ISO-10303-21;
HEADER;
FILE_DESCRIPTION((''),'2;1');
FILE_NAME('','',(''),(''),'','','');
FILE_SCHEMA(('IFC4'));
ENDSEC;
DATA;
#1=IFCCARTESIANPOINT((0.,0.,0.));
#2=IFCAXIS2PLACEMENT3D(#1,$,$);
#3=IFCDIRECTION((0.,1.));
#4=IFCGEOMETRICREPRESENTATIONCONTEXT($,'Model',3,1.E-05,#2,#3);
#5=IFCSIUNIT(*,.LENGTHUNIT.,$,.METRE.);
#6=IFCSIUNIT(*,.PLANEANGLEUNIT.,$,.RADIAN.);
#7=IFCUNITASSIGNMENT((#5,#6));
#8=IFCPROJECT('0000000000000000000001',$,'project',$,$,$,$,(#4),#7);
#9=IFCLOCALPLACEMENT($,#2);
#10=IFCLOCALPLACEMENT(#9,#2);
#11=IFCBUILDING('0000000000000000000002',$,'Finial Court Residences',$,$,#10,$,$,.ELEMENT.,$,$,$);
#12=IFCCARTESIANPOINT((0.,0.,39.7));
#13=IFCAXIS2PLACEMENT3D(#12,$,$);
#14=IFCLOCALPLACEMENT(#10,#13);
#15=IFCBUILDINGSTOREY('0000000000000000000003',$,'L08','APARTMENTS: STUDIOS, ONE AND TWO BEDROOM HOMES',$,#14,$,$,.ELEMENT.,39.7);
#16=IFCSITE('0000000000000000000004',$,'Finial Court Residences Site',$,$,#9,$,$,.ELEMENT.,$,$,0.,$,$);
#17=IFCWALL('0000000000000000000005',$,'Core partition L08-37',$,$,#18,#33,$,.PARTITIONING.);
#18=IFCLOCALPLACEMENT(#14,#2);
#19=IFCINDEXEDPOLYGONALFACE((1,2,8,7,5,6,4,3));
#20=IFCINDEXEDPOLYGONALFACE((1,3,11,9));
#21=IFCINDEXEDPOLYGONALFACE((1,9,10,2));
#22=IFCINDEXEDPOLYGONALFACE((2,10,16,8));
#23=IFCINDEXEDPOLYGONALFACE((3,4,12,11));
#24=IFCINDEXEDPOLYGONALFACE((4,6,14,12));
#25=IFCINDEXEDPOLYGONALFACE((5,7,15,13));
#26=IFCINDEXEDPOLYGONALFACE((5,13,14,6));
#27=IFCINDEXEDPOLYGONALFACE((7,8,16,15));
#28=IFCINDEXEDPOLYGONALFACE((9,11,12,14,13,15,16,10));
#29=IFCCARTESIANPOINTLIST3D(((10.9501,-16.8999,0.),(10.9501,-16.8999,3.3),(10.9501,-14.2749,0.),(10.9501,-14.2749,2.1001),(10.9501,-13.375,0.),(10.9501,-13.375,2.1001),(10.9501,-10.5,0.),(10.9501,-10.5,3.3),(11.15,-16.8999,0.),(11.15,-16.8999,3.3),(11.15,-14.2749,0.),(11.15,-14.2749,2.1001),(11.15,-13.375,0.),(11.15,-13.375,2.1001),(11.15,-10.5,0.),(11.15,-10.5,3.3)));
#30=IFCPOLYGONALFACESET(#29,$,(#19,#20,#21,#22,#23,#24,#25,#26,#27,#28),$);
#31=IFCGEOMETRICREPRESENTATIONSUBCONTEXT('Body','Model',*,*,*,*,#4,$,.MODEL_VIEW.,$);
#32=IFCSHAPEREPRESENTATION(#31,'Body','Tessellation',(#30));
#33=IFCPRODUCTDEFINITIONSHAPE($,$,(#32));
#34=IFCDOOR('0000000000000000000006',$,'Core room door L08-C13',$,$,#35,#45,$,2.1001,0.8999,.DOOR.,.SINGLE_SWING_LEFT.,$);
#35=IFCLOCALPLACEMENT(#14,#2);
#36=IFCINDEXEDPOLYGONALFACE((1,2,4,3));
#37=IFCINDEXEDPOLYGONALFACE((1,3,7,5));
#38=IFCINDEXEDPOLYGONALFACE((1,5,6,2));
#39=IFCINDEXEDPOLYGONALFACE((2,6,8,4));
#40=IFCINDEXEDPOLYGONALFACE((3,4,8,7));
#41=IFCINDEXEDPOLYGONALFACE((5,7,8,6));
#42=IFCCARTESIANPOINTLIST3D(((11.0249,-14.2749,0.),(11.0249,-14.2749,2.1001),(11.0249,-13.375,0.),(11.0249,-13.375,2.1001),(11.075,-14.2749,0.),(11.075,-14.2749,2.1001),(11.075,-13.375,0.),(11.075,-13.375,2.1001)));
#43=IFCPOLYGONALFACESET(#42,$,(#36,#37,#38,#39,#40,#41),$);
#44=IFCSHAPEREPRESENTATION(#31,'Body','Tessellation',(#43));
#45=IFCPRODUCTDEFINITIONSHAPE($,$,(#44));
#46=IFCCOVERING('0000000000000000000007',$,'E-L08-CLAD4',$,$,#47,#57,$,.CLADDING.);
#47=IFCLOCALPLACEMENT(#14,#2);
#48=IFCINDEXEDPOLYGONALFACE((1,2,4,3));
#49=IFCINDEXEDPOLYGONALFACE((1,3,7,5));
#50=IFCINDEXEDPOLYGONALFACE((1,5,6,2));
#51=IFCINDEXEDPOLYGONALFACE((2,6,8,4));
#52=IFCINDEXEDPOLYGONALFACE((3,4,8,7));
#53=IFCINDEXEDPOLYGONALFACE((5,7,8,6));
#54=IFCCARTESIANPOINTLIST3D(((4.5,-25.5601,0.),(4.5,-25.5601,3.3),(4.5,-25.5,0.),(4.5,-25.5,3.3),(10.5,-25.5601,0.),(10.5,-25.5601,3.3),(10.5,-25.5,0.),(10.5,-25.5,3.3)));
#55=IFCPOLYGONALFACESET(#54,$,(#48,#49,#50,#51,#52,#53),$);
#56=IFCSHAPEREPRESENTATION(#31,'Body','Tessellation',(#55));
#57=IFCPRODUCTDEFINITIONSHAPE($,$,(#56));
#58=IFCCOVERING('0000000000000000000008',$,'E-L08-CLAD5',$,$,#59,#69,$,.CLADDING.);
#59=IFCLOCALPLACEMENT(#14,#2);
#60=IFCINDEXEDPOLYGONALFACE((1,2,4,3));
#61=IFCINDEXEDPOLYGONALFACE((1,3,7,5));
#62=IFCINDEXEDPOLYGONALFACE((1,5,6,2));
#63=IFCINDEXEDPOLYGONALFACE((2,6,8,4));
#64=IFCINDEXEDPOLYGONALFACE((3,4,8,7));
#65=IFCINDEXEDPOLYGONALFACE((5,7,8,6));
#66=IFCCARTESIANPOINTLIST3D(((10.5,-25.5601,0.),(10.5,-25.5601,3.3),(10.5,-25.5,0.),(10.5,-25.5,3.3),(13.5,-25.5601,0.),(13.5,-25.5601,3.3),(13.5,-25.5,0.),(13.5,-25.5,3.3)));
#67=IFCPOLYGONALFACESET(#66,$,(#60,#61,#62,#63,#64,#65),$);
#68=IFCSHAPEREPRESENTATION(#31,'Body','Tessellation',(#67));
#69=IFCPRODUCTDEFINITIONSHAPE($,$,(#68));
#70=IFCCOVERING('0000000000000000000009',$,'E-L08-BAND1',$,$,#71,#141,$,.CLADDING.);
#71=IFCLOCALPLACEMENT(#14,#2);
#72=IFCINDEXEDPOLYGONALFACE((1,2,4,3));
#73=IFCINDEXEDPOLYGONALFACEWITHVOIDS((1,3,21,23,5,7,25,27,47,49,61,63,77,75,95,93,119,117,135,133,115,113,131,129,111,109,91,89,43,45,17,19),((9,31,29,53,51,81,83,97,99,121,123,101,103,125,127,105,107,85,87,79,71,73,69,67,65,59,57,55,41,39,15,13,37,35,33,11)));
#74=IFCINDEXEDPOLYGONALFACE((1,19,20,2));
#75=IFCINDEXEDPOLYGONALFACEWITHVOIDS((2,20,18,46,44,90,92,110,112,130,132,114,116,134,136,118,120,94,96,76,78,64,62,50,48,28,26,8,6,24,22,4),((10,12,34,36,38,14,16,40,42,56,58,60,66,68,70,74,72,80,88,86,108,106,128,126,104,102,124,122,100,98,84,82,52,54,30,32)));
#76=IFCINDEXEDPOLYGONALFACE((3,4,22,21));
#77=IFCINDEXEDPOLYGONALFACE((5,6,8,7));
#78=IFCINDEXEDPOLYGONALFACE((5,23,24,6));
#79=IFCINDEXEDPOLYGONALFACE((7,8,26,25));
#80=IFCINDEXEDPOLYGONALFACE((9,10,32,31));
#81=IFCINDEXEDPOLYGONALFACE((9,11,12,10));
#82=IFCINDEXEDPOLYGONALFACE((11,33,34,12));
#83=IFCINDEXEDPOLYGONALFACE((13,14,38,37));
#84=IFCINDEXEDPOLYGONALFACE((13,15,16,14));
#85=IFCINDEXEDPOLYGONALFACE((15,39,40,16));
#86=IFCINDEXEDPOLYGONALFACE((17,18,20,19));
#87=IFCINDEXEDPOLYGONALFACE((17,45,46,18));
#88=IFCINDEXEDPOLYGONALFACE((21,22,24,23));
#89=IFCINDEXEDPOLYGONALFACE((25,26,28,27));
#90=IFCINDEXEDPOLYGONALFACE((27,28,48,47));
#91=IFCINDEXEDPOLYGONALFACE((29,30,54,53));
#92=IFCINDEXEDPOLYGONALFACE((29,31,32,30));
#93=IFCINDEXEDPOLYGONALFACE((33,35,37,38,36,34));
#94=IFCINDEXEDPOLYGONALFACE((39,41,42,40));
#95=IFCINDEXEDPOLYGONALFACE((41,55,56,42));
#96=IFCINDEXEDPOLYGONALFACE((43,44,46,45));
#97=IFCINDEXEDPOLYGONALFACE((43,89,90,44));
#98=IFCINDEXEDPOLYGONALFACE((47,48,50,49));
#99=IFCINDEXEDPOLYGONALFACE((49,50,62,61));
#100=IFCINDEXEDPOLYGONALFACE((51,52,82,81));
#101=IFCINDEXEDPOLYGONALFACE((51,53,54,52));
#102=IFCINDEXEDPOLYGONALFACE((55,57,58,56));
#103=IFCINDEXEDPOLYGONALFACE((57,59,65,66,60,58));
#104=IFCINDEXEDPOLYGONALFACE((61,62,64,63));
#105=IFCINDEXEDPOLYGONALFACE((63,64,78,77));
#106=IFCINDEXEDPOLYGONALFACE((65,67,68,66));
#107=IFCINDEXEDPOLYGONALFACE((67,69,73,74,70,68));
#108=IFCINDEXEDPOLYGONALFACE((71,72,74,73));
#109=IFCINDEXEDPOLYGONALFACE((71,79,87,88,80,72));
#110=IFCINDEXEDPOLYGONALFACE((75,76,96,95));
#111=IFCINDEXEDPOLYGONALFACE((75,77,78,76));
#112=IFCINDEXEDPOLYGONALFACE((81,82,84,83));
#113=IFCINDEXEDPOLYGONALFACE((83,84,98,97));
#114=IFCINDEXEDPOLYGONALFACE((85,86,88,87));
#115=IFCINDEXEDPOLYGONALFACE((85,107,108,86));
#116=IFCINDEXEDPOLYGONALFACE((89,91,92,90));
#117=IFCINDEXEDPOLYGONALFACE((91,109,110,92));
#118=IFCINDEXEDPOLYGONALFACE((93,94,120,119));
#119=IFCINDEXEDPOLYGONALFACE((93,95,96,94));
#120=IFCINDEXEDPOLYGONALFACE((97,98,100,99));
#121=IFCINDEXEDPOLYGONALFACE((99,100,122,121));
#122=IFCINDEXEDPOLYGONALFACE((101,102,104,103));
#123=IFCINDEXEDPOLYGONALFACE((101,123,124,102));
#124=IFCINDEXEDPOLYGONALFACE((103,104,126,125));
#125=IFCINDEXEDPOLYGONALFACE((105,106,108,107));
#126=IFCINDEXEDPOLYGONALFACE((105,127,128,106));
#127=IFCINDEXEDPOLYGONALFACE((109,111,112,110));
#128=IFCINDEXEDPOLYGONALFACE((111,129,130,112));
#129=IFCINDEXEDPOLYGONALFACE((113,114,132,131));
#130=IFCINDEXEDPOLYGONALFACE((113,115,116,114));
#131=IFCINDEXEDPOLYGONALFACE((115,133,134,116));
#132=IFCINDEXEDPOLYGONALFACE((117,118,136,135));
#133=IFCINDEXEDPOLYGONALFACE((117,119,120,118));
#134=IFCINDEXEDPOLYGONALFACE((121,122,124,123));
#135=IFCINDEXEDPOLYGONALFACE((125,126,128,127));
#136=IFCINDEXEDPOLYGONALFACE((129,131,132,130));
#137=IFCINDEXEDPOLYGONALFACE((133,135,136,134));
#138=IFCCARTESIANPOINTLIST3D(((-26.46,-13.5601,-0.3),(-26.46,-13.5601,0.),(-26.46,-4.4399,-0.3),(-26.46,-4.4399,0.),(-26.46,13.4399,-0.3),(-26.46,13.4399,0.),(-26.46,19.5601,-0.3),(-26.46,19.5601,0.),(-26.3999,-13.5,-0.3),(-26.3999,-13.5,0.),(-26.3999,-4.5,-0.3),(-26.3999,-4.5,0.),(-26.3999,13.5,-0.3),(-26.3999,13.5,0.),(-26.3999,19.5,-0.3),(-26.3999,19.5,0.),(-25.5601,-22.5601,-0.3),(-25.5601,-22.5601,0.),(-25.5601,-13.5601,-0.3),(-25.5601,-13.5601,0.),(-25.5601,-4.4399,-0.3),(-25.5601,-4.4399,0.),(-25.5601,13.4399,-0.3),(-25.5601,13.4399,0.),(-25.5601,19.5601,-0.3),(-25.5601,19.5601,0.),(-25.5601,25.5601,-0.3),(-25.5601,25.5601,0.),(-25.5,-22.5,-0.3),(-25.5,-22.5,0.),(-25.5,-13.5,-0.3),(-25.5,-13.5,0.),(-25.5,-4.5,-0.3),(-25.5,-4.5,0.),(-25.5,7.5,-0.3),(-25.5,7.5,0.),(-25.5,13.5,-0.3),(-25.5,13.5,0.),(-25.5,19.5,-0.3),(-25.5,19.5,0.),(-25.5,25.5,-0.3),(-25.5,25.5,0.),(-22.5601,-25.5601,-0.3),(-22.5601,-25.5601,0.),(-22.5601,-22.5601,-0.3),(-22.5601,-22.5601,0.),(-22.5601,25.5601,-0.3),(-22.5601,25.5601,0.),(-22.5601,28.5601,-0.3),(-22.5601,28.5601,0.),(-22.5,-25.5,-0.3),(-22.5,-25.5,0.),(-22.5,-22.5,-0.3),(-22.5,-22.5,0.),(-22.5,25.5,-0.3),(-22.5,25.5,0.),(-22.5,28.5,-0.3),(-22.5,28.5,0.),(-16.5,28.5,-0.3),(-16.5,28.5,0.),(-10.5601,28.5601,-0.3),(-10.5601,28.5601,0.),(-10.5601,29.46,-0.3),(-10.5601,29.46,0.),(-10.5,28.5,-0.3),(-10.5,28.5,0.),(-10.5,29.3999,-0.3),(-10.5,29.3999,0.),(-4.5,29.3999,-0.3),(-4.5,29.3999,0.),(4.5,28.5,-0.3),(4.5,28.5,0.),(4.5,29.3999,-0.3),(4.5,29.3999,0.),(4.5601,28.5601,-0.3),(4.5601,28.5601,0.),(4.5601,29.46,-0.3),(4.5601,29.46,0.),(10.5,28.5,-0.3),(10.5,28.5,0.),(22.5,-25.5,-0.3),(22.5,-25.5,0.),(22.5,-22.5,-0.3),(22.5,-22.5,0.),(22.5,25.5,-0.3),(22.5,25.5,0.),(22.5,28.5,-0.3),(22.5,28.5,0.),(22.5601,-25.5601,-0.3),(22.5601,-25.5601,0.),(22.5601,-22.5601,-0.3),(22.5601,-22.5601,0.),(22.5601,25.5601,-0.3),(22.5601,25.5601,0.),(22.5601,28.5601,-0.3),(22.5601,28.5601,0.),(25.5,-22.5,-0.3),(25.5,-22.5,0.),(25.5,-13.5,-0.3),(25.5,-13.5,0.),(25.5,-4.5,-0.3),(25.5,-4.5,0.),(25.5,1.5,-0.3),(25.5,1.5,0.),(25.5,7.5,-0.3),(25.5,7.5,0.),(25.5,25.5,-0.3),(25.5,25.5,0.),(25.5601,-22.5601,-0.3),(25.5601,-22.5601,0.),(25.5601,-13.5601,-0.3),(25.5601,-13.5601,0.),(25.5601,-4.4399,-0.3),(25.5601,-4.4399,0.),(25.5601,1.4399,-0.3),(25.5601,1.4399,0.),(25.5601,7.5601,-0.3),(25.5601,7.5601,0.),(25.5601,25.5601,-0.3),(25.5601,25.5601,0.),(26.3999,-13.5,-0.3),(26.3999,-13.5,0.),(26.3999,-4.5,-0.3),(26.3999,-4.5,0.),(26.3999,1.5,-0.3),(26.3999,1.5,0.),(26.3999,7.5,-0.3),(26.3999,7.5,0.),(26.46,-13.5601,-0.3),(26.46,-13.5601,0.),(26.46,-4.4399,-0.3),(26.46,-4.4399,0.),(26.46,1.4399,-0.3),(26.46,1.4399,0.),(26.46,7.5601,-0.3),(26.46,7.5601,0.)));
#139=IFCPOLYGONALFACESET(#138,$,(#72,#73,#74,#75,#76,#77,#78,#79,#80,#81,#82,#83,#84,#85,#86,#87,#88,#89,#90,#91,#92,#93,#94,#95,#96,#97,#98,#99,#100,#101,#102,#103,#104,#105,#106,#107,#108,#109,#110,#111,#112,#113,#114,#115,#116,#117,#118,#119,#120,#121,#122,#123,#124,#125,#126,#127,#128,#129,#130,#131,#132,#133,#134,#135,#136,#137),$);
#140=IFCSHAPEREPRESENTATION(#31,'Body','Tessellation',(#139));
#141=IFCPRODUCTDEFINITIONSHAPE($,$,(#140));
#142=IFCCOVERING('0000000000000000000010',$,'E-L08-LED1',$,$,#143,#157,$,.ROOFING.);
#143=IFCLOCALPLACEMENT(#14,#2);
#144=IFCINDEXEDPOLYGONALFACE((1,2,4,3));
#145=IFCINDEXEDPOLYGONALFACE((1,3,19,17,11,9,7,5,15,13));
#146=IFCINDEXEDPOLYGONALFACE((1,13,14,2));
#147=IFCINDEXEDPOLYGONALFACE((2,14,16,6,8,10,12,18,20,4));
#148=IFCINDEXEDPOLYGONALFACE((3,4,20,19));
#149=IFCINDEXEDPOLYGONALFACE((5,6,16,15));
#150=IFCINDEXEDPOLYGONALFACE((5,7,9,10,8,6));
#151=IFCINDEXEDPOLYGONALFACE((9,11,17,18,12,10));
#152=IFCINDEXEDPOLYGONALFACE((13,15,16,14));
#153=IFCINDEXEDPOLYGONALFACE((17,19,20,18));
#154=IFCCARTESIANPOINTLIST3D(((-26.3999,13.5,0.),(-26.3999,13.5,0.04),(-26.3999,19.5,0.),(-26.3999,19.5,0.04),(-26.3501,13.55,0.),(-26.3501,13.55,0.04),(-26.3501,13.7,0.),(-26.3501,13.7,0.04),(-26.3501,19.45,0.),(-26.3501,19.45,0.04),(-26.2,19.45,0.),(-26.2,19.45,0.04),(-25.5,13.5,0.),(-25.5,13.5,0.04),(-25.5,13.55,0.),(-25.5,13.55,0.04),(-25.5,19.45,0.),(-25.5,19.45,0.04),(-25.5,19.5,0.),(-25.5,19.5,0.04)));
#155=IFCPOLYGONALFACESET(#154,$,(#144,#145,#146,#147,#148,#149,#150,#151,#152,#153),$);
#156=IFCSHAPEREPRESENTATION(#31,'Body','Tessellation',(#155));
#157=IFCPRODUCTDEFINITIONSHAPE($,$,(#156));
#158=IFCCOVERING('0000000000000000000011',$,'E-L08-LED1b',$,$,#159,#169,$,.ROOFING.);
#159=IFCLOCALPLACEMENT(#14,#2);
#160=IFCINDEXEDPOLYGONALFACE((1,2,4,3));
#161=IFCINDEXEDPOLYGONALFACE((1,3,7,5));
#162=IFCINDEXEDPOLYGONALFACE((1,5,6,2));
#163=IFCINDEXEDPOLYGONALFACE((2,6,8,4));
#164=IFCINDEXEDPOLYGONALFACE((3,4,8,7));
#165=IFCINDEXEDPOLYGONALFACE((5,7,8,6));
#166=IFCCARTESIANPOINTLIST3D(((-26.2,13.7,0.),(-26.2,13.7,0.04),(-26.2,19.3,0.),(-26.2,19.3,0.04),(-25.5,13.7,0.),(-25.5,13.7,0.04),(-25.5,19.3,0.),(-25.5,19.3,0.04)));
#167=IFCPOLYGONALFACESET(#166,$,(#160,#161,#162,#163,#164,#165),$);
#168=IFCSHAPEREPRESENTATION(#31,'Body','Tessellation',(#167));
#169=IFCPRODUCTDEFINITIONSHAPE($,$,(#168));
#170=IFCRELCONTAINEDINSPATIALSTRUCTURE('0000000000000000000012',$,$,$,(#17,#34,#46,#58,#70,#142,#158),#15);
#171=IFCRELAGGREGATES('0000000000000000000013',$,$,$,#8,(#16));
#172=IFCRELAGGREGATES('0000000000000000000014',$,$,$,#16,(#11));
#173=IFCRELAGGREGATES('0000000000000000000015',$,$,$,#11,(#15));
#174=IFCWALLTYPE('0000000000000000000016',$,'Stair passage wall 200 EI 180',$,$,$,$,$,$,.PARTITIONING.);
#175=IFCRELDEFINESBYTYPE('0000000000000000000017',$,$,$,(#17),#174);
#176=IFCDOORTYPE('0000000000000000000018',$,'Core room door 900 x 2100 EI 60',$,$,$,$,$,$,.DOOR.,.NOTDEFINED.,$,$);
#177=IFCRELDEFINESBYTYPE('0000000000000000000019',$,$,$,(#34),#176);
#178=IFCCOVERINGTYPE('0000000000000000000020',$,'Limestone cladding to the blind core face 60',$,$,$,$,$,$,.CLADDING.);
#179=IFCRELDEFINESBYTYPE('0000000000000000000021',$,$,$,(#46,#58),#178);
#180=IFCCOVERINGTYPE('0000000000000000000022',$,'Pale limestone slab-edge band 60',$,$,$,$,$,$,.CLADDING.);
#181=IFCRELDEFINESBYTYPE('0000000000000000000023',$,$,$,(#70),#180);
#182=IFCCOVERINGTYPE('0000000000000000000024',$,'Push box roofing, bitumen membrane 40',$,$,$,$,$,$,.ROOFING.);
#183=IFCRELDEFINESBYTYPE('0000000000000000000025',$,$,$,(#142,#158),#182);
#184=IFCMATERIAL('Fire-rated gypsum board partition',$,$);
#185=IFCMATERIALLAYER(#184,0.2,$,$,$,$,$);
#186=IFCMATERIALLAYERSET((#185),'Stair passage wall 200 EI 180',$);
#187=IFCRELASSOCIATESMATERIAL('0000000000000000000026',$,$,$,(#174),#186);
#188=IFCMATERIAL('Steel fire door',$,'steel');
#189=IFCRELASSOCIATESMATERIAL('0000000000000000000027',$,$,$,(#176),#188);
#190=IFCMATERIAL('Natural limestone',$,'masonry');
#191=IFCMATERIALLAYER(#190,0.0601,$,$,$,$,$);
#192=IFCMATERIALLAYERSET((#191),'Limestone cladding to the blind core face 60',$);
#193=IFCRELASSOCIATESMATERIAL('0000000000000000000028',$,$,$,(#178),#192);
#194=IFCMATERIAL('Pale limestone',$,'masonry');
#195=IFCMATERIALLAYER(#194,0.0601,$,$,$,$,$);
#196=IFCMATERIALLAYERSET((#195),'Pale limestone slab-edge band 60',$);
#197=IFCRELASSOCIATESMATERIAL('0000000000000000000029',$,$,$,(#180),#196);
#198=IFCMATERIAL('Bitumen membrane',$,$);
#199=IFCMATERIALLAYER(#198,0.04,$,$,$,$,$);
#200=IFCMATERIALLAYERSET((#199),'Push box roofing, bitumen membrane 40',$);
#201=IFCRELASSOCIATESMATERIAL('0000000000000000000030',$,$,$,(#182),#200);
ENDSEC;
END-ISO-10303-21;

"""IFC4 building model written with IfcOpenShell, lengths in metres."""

from ifc_helpers import new_model, si_unit, direction, frame, frame_2d, origin, place, context, subcontext, project, spatial, polyline, rectangle, outline, extrude, material, layer, layer_set, type_object, element, fill, save


model = new_model("IFC4")

# Units and contexts
model_context = context("Model", 3, precision=1e-05, world=origin(), true_north=direction((0.0, 1.0)))
body_context = subcontext(model_context, "Body", "Model", "MODEL_VIEW")
ifc_project = project(units=[si_unit("LENGTHUNIT", "METRE"), si_unit("PLANEANGLEUNIT", "RADIAN")], contexts=[model_context])

# Site, building, storey
site_placement = place(None, origin())
site = spatial("IfcSite", under=ifc_project, at=site_placement, Name="Finial Court Residences Site", CompositionType="ELEMENT", RefElevation=0.0)
building_placement = place(site_placement, origin())
building = spatial("IfcBuilding", under=site, at=building_placement, Name="Finial Court Residences", CompositionType="ELEMENT")
storey_placement = place(building_placement, frame((0.0, 0.0, 39.7)))
storey = spatial("IfcBuildingStorey", under=building, at=storey_placement, Name="L08", Description="APARTMENTS: STUDIOS, ONE AND TWO BEDROOM HOMES", CompositionType="ELEMENT", Elevation=39.7)

# Shared definitions
ifc_material_1 = material(Name="Fire-rated gypsum board partition")

# Wall, opening, door
ifc_material_2 = material(Name="Steel fire door", Category="steel")
ifc_layer_1 = layer(ifc_material_1, 0.2)
ifc_layer_set_1 = layer_set([ifc_layer_1], Name="Stair passage wall 200 EI 180")
wall_type_1 = type_object("IfcWallType", Name="Stair passage wall 200 EI 180", PredefinedType="PARTITIONING", material=ifc_layer_set_1)
wall_1_placement = place(storey_placement, frame((11.05, -10.5, 0.0), z_axis=(0.0, 0.0, 1.0), x_axis=(0.0, -1.0, 0.0)))
wall_1 = element("IfcWall", 1, at=wall_1_placement, inside=storey, type_object=wall_type_1, Name="Core partition L08-37", PredefinedType="PARTITIONING", context=body_context, shape_type="SweptSolid", body=[
    extrude(rectangle(XDim=6.3999, YDim=0.2, at=frame_2d((3.2, 0.0))), origin(), (0.0, 0.0, 1.0), 3.3),
])
opening_1_placement = place(wall_1_placement, frame((2.875, 0.0, 0.0)))
opening_1 = element("IfcOpeningElement", 2, at=opening_1_placement, cuts=wall_1, PredefinedType="OPENING", context=body_context, shape_type="SweptSolid", body=[
    extrude(rectangle(XDim=0.8999, YDim=2.1001, at=frame_2d((0.45, 1.05))), frame((0.0, 0.1099, 0.0), z_axis=(0.0, -1.0, 0.0), x_axis=(1.0, 0.0, 0.0)), (0.0, 0.0, 1.0), 0.22),
])
door_type_1 = type_object("IfcDoorType", Name="Core room door 900 x 2100 EI 60", OperationType="NOTDEFINED", PredefinedType="DOOR", material=ifc_material_2)
door_1_placement = place(opening_1_placement, origin())
door_1 = element("IfcDoor", 3, at=door_1_placement, inside=storey, type_object=door_type_1, Name="Core room door L08-C13", OperationType="SINGLE_SWING_LEFT", OverallHeight=2.1001, OverallWidth=0.8999, PredefinedType="DOOR", context=body_context, shape_type="SweptSolid", body=[
    extrude(rectangle(XDim=0.8999, YDim=2.1001, at=frame_2d((0.45, 1.05))), frame((0.0, 0.0249, 0.0), z_axis=(0.0, -1.0, 0.0), x_axis=(1.0, 0.0, 0.0)), (0.0, 0.0, 1.0), 0.05),
])
fill(opening_1, door_1)

# Coverings
ifc_material_3 = material(Name="Natural limestone", Category="masonry")
ifc_layer_2 = layer(ifc_material_3, 0.0601)
ifc_layer_set_2 = layer_set([ifc_layer_2], Name="Limestone cladding to the blind core face 60")
covering_type_1 = type_object("IfcCoveringType", Name="Limestone cladding to the blind core face 60", PredefinedType="CLADDING", material=ifc_layer_set_2)
covering_1_placement = place(storey_placement, origin())
element("IfcCovering", 4, at=covering_1_placement, inside=storey, type_object=covering_type_1, Name="E-L08-CLAD4", PredefinedType="CLADDING", context=body_context, shape_type="SweptSolid", body=[
    extrude(outline(polyline([(10.5, -25.5601), (10.5, -25.5), (4.5, -25.5), (4.5, -25.5601), (10.5, -25.5601)])), origin(), (0.0, 0.0, 1.0), 3.3),
])
covering_2_placement = place(storey_placement, origin())
element("IfcCovering", 5, at=covering_2_placement, inside=storey, type_object=covering_type_1, Name="E-L08-CLAD5", PredefinedType="CLADDING", context=body_context, shape_type="SweptSolid", body=[
    extrude(outline(polyline([(13.5, -25.5601), (13.5, -25.5), (10.5, -25.5), (10.5, -25.5601), (13.5, -25.5601)])), origin(), (0.0, 0.0, 1.0), 3.3),
])
ifc_material_4 = material(Name="Pale limestone", Category="masonry")
ifc_layer_3 = layer(ifc_material_4, 0.0601)
ifc_layer_set_3 = layer_set([ifc_layer_3], Name="Pale limestone slab-edge band 60")
covering_type_2 = type_object("IfcCoveringType", Name="Pale limestone slab-edge band 60", PredefinedType="CLADDING", material=ifc_layer_set_3)
covering_3_placement = place(storey_placement, frame((0.0, 0.0, -0.3)))
element("IfcCovering", 6, at=covering_3_placement, inside=storey, type_object=covering_type_2, Name="E-L08-BAND1", PredefinedType="CLADDING", context=body_context, shape_type="SweptSolid", body=[
    extrude(outline(polyline([(22.5601, -22.5601), (22.5601, -25.5601), (-22.5601, -25.5601), (-22.5601, -22.5601), (-25.5601, -22.5601), (-25.5601, -13.5601), (-26.46, -13.5601), (-26.46, -4.4399), (-25.5601, -4.4399), (-25.5601, 13.4399), (-26.46, 13.4399), (-26.46, 19.5601), (-25.5601, 19.5601), (-25.5601, 25.5601), (-22.5601, 25.5601), (-22.5601, 28.5601), (-10.5601, 28.5601), (-10.5601, 29.46), (4.5601, 29.46), (4.5601, 28.5601), (22.5601, 28.5601), (22.5601, 25.5601), (25.5601, 25.5601), (25.5601, 7.5601), (26.46, 7.5601), (26.46, 1.4399), (25.5601, 1.4399), (25.5601, -4.4399), (26.46, -4.4399), (26.46, -13.5601), (25.5601, -13.5601), (25.5601, -22.5601), (22.5601, -22.5601)]), holes=[polyline([(25.5, -13.5), (26.3999, -13.5), (26.3999, -4.5), (25.5, -4.5), (25.5, 1.5), (26.3999, 1.5), (26.3999, 7.5), (25.5, 7.5), (25.5, 25.5), (22.5, 25.5), (22.5, 28.5), (10.5, 28.5), (4.5, 28.5), (4.5, 29.3999), (-4.5, 29.3999), (-10.5, 29.3999), (-10.5, 28.5), (-16.5, 28.5), (-22.5, 28.5), (-22.5, 25.5), (-25.5, 25.5), (-25.5, 19.5), (-26.3999, 19.5), (-26.3999, 13.5), (-25.5, 13.5), (-25.5, 7.5), (-25.5, -4.5), (-26.3999, -4.5), (-26.3999, -13.5), (-25.5, -13.5), (-25.5, -22.5), (-22.5, -22.5), (-22.5, -25.5), (22.5, -25.5), (22.5, -22.5), (25.5, -22.5), (25.5, -13.5)])]), origin(), (0.0, 0.0, 1.0), 0.3),
])
ifc_material_5 = material(Name="Bitumen membrane")
ifc_layer_4 = layer(ifc_material_5, 0.04)
ifc_layer_set_4 = layer_set([ifc_layer_4], Name="Push box roofing, bitumen membrane 40")
covering_type_3 = type_object("IfcCoveringType", Name="Push box roofing, bitumen membrane 40", PredefinedType="ROOFING", material=ifc_layer_set_4)
covering_4_placement = place(storey_placement, origin())
element("IfcCovering", 7, at=covering_4_placement, inside=storey, type_object=covering_type_3, Name="E-L08-LED1", PredefinedType="ROOFING", context=body_context, shape_type="SweptSolid", body=[
    extrude(outline(polyline([(-25.5, 19.45), (-26.2, 19.45), (-26.3501, 19.45), (-26.3501, 13.7), (-26.3501, 13.7), (-26.3501, 13.55), (-25.5, 13.55), (-25.5, 13.5), (-26.3999, 13.5), (-26.3999, 19.5), (-25.5, 19.5), (-25.5, 19.45)])), origin(), (0.0, 0.0, 1.0), 0.04),
])
covering_5_placement = place(storey_placement, origin())
element("IfcCovering", 8, at=covering_5_placement, inside=storey, type_object=covering_type_3, Name="E-L08-LED1b", PredefinedType="ROOFING", context=body_context, shape_type="SweptSolid", body=[
    extrude(outline(polyline([(-25.5, 13.7), (-26.2, 13.7), (-26.2, 19.3), (-25.5, 19.3), (-25.5, 13.7)])), origin(), (0.0, 0.0, 1.0), 0.04),
])

save(model, "model.ifc")
